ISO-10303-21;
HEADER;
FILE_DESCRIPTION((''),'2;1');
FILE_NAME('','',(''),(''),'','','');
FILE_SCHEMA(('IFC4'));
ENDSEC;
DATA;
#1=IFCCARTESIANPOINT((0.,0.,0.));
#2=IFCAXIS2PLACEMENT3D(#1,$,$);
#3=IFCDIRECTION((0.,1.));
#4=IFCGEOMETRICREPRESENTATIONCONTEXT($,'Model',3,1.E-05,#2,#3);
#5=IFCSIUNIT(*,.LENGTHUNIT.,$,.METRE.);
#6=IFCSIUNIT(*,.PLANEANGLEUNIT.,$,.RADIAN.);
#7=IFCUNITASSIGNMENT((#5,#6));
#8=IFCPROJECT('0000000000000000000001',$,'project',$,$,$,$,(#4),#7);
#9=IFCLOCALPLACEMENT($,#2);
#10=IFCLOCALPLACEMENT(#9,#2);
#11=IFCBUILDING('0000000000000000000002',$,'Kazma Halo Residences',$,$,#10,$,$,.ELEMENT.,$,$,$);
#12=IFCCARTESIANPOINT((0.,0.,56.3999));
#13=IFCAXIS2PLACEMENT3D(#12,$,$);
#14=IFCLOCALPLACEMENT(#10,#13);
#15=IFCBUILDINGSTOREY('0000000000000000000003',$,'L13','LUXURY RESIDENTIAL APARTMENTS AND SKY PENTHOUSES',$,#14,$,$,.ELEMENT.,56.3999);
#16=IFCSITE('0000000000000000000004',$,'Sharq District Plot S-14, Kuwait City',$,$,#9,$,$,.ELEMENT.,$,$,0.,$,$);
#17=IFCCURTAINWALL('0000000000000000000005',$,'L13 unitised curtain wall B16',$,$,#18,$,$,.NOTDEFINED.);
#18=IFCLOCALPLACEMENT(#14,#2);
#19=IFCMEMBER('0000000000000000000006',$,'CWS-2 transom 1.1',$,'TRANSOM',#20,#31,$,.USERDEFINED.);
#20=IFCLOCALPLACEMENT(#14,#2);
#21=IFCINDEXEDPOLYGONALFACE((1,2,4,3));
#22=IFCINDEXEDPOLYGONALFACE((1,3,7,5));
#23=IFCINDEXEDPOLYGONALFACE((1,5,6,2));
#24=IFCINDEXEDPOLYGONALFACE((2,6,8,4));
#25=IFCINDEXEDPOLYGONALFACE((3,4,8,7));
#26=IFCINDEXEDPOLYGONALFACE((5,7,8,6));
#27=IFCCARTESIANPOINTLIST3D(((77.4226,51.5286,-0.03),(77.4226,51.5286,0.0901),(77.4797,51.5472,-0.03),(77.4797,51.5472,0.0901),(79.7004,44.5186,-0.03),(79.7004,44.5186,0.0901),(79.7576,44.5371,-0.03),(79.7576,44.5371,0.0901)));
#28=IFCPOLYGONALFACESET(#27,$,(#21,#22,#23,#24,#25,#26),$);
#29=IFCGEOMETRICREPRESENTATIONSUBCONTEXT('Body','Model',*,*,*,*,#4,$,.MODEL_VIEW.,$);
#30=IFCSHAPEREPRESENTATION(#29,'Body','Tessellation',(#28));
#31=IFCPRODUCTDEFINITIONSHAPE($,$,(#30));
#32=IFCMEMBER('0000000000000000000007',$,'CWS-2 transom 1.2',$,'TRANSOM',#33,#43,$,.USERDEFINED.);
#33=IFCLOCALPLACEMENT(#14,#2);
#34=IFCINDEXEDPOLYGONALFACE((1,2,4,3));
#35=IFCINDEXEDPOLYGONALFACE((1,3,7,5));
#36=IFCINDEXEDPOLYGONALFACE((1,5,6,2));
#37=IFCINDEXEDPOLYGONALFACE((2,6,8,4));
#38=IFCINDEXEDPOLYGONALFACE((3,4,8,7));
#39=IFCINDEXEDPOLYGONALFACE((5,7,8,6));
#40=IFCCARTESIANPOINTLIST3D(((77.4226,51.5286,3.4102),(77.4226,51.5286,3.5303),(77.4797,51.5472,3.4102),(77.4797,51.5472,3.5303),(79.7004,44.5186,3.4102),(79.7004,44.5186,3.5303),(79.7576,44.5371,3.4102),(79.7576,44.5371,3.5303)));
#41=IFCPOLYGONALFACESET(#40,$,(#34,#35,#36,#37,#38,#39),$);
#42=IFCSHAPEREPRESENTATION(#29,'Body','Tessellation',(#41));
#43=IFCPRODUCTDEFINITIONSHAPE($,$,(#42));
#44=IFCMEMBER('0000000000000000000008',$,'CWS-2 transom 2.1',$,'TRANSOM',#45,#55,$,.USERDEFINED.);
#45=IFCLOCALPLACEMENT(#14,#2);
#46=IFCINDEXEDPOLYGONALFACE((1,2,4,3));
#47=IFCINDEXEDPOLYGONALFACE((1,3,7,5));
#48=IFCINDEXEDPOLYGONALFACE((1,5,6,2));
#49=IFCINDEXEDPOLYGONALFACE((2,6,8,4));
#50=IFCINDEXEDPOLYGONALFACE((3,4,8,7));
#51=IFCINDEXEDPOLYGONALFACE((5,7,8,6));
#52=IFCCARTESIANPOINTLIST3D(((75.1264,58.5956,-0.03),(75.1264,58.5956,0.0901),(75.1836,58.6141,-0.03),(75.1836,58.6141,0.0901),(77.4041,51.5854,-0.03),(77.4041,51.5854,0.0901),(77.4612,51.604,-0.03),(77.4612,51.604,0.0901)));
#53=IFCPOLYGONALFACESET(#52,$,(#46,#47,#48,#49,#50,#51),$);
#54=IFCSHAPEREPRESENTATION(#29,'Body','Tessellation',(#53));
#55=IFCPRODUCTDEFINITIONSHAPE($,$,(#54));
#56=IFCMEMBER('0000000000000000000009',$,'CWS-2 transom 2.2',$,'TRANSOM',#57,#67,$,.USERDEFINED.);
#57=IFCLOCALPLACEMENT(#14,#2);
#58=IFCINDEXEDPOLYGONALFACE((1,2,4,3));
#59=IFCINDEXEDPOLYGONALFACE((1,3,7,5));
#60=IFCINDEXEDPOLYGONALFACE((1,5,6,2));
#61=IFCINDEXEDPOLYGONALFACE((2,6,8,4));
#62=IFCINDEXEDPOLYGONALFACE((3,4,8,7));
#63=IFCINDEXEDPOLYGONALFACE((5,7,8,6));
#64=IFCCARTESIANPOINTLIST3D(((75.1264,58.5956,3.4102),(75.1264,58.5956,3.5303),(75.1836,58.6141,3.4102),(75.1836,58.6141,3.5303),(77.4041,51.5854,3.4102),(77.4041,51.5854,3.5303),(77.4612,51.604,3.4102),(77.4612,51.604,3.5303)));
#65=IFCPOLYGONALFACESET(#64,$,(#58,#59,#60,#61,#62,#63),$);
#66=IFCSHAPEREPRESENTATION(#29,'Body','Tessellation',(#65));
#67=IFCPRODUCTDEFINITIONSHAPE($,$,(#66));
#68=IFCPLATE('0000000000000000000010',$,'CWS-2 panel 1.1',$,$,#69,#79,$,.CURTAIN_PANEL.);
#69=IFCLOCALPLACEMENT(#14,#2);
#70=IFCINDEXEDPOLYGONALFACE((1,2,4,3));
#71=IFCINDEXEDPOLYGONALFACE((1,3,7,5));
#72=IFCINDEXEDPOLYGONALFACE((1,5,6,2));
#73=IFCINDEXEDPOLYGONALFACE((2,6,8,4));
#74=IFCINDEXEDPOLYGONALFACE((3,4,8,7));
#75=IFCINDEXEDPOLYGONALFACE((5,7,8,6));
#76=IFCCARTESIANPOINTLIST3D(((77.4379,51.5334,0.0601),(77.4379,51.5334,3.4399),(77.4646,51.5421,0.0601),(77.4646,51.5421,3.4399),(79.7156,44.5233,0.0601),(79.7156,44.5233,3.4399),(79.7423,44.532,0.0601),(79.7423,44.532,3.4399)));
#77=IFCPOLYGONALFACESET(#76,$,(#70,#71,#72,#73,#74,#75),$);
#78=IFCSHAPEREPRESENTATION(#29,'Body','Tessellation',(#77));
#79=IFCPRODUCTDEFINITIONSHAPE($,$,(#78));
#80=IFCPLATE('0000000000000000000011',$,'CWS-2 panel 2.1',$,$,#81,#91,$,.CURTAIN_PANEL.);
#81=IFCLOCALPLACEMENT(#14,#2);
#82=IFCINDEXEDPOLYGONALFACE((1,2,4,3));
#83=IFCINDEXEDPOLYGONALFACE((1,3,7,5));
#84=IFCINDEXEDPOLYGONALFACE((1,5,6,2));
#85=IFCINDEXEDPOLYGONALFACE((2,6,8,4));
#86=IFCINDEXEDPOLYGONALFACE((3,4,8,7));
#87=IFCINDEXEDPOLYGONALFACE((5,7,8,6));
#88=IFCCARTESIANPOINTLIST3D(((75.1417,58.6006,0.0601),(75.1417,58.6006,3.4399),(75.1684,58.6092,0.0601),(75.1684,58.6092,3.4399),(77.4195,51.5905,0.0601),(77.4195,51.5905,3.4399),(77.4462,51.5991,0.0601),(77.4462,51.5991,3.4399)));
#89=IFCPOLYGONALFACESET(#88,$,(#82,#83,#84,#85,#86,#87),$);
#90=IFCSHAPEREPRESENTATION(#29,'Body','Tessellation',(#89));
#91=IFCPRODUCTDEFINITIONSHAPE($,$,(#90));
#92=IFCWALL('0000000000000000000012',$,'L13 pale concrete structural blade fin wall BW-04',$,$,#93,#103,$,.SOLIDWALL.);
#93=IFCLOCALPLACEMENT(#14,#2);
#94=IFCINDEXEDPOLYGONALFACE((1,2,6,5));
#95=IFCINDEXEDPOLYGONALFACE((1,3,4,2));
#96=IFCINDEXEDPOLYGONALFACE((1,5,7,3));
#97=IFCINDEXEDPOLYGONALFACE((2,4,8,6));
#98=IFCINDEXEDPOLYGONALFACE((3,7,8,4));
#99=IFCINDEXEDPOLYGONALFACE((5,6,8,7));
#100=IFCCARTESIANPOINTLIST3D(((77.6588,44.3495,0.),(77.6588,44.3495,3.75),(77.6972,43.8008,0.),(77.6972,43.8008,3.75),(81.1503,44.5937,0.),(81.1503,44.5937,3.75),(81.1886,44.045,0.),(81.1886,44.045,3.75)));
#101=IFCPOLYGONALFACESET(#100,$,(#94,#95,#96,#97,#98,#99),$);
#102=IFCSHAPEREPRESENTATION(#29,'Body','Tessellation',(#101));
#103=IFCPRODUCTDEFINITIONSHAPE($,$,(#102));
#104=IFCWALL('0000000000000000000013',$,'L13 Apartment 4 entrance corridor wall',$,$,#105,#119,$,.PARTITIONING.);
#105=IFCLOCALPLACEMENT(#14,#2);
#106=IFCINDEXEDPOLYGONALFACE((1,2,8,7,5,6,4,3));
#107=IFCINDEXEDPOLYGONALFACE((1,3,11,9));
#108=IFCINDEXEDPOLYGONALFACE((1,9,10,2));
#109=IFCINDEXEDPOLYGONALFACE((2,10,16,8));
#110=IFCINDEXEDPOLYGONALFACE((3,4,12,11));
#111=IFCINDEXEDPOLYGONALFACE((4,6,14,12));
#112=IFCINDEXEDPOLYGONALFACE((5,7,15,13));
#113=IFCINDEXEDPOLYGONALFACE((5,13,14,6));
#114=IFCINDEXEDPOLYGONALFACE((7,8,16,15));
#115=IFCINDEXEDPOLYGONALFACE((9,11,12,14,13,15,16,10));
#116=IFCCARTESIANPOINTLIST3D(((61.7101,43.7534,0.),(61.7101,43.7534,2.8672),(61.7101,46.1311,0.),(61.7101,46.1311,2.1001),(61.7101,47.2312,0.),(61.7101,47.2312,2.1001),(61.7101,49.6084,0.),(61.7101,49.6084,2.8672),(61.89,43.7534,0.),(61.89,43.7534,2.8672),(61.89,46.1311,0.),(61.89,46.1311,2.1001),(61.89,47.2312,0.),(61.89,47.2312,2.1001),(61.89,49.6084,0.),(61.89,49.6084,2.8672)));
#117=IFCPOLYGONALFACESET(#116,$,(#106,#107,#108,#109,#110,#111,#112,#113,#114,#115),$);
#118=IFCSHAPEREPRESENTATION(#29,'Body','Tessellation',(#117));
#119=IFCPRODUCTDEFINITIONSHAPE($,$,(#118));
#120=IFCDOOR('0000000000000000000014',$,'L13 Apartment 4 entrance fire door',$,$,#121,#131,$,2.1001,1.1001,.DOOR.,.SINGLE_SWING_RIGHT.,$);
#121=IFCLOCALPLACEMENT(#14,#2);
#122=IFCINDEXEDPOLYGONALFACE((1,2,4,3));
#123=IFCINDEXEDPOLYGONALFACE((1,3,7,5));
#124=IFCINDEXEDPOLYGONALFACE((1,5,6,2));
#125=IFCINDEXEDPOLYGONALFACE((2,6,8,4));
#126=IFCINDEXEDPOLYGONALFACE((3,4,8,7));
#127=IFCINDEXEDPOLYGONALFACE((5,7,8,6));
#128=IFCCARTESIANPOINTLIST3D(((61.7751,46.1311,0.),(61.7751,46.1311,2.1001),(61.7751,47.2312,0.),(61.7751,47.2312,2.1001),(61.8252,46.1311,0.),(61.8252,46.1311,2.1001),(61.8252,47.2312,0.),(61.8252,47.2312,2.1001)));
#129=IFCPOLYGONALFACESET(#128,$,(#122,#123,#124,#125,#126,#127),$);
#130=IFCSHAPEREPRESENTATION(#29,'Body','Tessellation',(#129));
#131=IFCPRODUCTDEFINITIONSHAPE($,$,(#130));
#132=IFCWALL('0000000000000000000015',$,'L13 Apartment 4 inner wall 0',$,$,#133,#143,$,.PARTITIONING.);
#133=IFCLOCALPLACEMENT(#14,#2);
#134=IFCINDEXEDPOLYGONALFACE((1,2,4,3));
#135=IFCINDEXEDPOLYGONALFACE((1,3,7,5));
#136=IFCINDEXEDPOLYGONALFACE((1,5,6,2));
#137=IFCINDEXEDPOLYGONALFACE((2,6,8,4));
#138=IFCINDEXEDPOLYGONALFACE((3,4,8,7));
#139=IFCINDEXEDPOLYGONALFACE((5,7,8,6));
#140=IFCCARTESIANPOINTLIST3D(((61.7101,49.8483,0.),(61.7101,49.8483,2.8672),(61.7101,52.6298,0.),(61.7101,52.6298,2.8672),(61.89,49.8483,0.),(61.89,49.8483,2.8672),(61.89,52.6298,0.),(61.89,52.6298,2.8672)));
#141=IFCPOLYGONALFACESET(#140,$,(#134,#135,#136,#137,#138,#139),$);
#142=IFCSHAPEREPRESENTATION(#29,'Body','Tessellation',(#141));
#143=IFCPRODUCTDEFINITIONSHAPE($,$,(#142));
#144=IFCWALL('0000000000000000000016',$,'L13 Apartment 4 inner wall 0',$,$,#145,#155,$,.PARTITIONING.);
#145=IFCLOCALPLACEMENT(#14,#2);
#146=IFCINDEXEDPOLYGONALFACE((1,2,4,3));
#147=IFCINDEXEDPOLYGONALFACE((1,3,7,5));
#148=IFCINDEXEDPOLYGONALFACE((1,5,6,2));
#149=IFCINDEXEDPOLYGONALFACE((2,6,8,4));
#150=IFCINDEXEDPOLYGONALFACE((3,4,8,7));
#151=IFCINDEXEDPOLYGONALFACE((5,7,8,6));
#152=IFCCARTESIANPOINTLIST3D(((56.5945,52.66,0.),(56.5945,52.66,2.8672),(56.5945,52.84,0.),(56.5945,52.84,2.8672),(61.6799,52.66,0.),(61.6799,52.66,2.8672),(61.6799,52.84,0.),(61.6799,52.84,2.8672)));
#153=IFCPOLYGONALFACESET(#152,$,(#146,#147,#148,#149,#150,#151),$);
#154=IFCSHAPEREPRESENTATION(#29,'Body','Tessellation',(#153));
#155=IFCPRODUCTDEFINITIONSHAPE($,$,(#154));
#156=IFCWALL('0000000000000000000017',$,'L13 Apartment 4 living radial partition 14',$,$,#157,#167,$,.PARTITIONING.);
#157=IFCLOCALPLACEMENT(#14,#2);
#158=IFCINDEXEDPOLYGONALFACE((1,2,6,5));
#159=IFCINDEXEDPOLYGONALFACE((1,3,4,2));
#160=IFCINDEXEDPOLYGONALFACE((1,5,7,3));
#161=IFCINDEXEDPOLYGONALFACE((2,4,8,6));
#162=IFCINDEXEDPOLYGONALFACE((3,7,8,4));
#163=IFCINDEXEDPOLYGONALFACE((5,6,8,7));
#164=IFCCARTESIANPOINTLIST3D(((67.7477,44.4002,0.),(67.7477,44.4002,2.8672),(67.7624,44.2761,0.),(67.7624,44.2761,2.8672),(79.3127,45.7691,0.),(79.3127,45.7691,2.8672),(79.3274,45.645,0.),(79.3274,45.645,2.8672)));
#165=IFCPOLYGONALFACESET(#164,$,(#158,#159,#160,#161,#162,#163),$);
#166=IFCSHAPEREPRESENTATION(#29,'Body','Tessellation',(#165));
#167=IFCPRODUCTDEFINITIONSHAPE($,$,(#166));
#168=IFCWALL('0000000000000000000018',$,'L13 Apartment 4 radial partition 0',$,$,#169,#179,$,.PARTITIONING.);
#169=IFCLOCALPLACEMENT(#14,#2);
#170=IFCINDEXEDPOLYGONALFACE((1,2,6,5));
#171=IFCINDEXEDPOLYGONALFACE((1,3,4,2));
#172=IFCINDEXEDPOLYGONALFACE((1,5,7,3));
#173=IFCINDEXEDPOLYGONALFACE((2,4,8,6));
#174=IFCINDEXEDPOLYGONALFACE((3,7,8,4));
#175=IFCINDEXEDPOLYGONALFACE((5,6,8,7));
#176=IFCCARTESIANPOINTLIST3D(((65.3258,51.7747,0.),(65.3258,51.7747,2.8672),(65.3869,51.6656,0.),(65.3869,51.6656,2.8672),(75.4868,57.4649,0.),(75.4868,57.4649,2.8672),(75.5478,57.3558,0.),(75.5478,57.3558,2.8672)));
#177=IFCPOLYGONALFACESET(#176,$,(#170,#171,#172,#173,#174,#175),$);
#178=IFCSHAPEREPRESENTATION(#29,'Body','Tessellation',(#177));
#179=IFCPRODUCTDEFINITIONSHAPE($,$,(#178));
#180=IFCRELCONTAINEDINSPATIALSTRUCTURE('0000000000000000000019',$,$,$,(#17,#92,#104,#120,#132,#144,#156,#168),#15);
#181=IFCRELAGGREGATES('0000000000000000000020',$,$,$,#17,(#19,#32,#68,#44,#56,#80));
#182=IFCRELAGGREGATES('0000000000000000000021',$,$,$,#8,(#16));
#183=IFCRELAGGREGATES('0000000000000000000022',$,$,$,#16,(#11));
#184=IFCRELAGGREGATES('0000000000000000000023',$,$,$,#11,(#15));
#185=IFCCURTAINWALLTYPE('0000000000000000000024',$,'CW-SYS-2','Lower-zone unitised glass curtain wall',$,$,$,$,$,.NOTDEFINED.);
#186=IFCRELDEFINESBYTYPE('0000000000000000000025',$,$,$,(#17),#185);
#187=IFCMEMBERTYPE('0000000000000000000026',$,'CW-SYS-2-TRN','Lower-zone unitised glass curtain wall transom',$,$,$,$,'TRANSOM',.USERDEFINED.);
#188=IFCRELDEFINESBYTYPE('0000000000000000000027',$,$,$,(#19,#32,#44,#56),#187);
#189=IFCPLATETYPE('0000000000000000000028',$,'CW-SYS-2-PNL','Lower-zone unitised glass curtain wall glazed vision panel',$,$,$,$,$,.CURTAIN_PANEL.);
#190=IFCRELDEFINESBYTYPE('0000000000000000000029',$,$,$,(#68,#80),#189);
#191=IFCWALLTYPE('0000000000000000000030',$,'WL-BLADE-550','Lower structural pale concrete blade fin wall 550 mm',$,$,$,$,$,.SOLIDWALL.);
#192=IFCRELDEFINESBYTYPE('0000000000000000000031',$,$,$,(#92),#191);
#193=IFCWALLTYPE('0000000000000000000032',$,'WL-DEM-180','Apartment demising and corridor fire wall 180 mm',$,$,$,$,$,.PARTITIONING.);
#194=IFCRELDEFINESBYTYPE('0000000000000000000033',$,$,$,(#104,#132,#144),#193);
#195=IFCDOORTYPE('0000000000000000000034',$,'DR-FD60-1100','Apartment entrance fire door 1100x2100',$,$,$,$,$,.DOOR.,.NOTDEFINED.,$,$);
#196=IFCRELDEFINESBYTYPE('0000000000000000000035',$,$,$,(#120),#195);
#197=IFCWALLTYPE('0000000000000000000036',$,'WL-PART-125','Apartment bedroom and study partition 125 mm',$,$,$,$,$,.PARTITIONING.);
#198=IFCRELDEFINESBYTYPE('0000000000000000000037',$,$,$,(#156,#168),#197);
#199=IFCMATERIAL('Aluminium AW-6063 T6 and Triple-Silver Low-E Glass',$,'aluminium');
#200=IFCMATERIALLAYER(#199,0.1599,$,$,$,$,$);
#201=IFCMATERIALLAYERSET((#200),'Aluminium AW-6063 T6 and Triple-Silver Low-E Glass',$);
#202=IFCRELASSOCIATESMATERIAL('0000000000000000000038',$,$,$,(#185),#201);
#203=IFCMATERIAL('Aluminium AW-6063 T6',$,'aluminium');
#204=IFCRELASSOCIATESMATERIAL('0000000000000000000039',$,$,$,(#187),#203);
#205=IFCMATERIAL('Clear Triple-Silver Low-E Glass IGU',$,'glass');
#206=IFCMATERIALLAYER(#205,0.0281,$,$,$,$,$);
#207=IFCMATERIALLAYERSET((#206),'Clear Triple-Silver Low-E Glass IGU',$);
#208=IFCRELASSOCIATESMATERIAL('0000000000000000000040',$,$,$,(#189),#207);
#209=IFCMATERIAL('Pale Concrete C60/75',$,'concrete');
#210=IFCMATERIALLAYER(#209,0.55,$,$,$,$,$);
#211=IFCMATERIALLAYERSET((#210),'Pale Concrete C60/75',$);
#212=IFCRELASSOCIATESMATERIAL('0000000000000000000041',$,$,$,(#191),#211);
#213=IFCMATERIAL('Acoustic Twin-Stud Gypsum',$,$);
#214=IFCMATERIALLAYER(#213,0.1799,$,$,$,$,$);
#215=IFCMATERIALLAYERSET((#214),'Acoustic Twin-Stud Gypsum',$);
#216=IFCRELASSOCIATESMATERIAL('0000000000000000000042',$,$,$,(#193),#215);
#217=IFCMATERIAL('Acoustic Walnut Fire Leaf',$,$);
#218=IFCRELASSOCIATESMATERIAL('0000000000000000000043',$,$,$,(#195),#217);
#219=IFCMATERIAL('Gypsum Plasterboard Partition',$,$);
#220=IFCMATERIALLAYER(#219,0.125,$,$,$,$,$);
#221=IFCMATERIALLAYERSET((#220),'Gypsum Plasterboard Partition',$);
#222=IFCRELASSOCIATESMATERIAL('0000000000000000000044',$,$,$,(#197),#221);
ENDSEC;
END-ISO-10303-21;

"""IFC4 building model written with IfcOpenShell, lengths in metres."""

from ifc_helpers import new_model, si_unit, direction, frame, frame_2d, origin, origin_2d, place, context, subcontext, project, spatial, rectangle, extrude, material, layer, layer_set, material_profile, profile_set, type_object, element, fill, aggregate, save


model = new_model("IFC4")

# Units and contexts
model_context = context("Model", 3, precision=1e-05, world=origin(), true_north=direction((0.0, 1.0)))
body_context = subcontext(model_context, "Body", "Model", "MODEL_VIEW")
ifc_project = project(units=[si_unit("LENGTHUNIT", "METRE"), si_unit("PLANEANGLEUNIT", "RADIAN")], contexts=[model_context])

# Site, building, storey
site_placement = place(None, origin())
site = spatial("IfcSite", under=ifc_project, at=site_placement, Name="Sharq District Plot S-14, Kuwait City", CompositionType="ELEMENT", RefElevation=0.0)
building_placement = place(site_placement, origin())
building = spatial("IfcBuilding", under=site, at=building_placement, Name="Kazma Halo Residences", CompositionType="ELEMENT")
storey_placement = place(building_placement, frame((0.0, 0.0, 56.3999)))
storey = spatial("IfcBuildingStorey", under=building, at=storey_placement, Name="L13", Description="LUXURY RESIDENTIAL APARTMENTS AND SKY PENTHOUSES", CompositionType="ELEMENT", Elevation=56.3999)

# Shared definitions
ifc_material_1 = material(Name="Aluminium AW-6063 T6 and Triple-Silver Low-E Glass", Category="aluminium")
ifc_layer_1 = layer(ifc_material_1, 0.1599)
ifc_layer_set_1 = layer_set([ifc_layer_1], Name="Aluminium AW-6063 T6 and Triple-Silver Low-E Glass")
curtain_wall_type = type_object("IfcCurtainWallType", Name="CW-SYS-2", Description="Lower-zone unitised glass curtain wall", PredefinedType="NOTDEFINED", material=ifc_layer_set_1)
ifc_material_2 = material(Name="Aluminium AW-6063 T6", Category="aluminium")

# Curtain wall, members, plates
curtain_wall_1_placement = place(storey_placement, origin())
curtain_wall_1 = element("IfcCurtainWall", 1, at=curtain_wall_1_placement, inside=storey, type_object=curtain_wall_type, Name="L13 unitised curtain wall B16", PredefinedType="NOTDEFINED")
ifc_material_profile_1 = material_profile(ifc_material_2, rectangle(XDim=0.0601, YDim=0.1201, at=origin_2d()), Name="CWT-60x120")
ifc_profile_set_1 = profile_set([ifc_material_profile_1], Name="Aluminium AW-6063 T6")
member_type_1 = type_object("IfcMemberType", Name="CW-SYS-2-TRN", Description="Lower-zone unitised glass curtain wall transom", ElementType="TRANSOM", PredefinedType="USERDEFINED", material=ifc_profile_set_1)
member_1_placement = place(storey_placement, frame((79.729, 44.5278, 0.03), z_axis=(-0.309034, 0.951051, 0.0), x_axis=(-0.951051, -0.309034, 0.0)))
member_1 = element("IfcMember", 2, at=member_1_placement, type_object=member_type_1, Name="CWS-2 transom 1.1", ObjectType="TRANSOM", PredefinedType="USERDEFINED", context=body_context, shape_type="SweptSolid", body=[
    extrude(rectangle(XDim=0.0601, YDim=0.1201, at=origin_2d()), origin(), (0.0, 0.0, 1.0), 7.3708),
])
member_2_placement = place(storey_placement, frame((79.729, 44.5278, 3.4702), z_axis=(-0.309034, 0.951051, 0.0), x_axis=(-0.951051, -0.309034, 0.0)))
member_2 = element("IfcMember", 3, at=member_2_placement, type_object=member_type_1, Name="CWS-2 transom 1.2", ObjectType="TRANSOM", PredefinedType="USERDEFINED", context=body_context, shape_type="SweptSolid", body=[
    extrude(rectangle(XDim=0.0601, YDim=0.1201, at=origin_2d()), origin(), (0.0, 0.0, 1.0), 7.3708),
])
member_3_placement = place(storey_placement, frame((77.4326, 51.5947, 0.03), z_axis=(-0.309004, 0.951061, 0.0), x_axis=(-0.951061, -0.309004, 0.0)))
member_3 = element("IfcMember", 4, at=member_3_placement, type_object=member_type_1, Name="CWS-2 transom 2.1", ObjectType="TRANSOM", PredefinedType="USERDEFINED", context=body_context, shape_type="SweptSolid", body=[
    extrude(rectangle(XDim=0.0601, YDim=0.1201, at=origin_2d()), origin(), (0.0, 0.0, 1.0), 7.3708),
])
member_4_placement = place(storey_placement, frame((77.4326, 51.5947, 3.4702), z_axis=(-0.309004, 0.951061, 0.0), x_axis=(-0.951061, -0.309004, 0.0)))
member_4 = element("IfcMember", 5, at=member_4_placement, type_object=member_type_1, Name="CWS-2 transom 2.2", ObjectType="TRANSOM", PredefinedType="USERDEFINED", context=body_context, shape_type="SweptSolid", body=[
    extrude(rectangle(XDim=0.0601, YDim=0.1201, at=origin_2d()), origin(), (0.0, 0.0, 1.0), 7.3708),
])
ifc_material_3 = material(Name="Clear Triple-Silver Low-E Glass IGU", Category="glass")
ifc_layer_2 = layer(ifc_material_3, 0.0281)
ifc_layer_set_2 = layer_set([ifc_layer_2], Name="Clear Triple-Silver Low-E Glass IGU")
plate_type = type_object("IfcPlateType", Name="CW-SYS-2-PNL", Description="Lower-zone unitised glass curtain wall glazed vision panel", PredefinedType="CURTAIN_PANEL", material=ifc_layer_set_2)
plate_1_placement = place(storey_placement, frame((78.5901, 48.0327, 0.0601), z_axis=(0.0, 0.0, 1.0), x_axis=(-0.309017, 0.951057, 0.0)))
plate_1 = element("IfcPlate", 6, at=plate_1_placement, type_object=plate_type, Name="CWS-2 panel 1.1", PredefinedType="CURTAIN_PANEL", context=body_context, shape_type="SweptSolid", body=[
    extrude(rectangle(XDim=7.3708, YDim=0.0281, at=origin_2d()), origin(), (0.0, 0.0, 1.0), 3.3799),
])
plate_2_placement = place(storey_placement, frame((76.2939, 55.0999, 0.0601), z_axis=(0.0, 0.0, 1.0), x_axis=(-0.309017, 0.951057, 0.0)))
plate_2 = element("IfcPlate", 7, at=plate_2_placement, type_object=plate_type, Name="CWS-2 panel 2.1", PredefinedType="CURTAIN_PANEL", context=body_context, shape_type="SweptSolid", body=[
    extrude(rectangle(XDim=7.3708, YDim=0.0281, at=origin_2d()), origin(), (0.0, 0.0, 1.0), 3.3799),
])
aggregate(curtain_wall_1, [member_1, member_2, plate_1, member_3, member_4, plate_2])

# Wall
ifc_material_4 = material(Name="Pale Concrete C60/75", Category="concrete")
ifc_layer_3 = layer(ifc_material_4, 0.55)
ifc_layer_set_3 = layer_set([ifc_layer_3], Name="Pale Concrete C60/75")
wall_type_1 = type_object("IfcWallType", Name="WL-BLADE-550", Description="Lower structural pale concrete blade fin wall 550 mm", PredefinedType="SOLIDWALL", material=ifc_layer_set_3)
wall_1_placement = place(storey_placement, frame((77.678, 44.0752, 0.0), z_axis=(0.0, 0.0, 1.0), x_axis=(0.997564, 0.069755, 0.0)))
element("IfcWall", 8, at=wall_1_placement, inside=storey, type_object=wall_type_1, Name="L13 pale concrete structural blade fin wall BW-04", PredefinedType="SOLIDWALL", context=body_context, shape_type="SweptSolid", body=[
    extrude(rectangle(XDim=3.5, YDim=0.55, at=frame_2d((1.75, 0.0))), origin(), (0.0, 0.0, 1.0), 3.75),
])

# Wall, opening, door
ifc_material_5 = material(Name="Acoustic Twin-Stud Gypsum")
ifc_layer_4 = layer(ifc_material_5, 0.1799)
ifc_layer_set_4 = layer_set([ifc_layer_4], Name="Acoustic Twin-Stud Gypsum")
wall_type_2 = type_object("IfcWallType", Name="WL-DEM-180", Description="Apartment demising and corridor fire wall 180 mm", PredefinedType="PARTITIONING", material=ifc_layer_set_4)
wall_2_placement = place(storey_placement, frame((61.8, 43.7534, 0.0), z_axis=(0.0, 0.0, 1.0), x_axis=(0.0, 1.0, 0.0)))
wall_2 = element("IfcWall", 9, at=wall_2_placement, inside=storey, type_object=wall_type_2, Name="L13 Apartment 4 entrance corridor wall", PredefinedType="PARTITIONING", context=body_context, shape_type="SweptSolid", body=[
    extrude(rectangle(XDim=5.855, YDim=0.1799, at=frame_2d((2.9275, 0.0))), origin(), (0.0, 0.0, 1.0), 2.8672),
])
opening_1_placement = place(wall_2_placement, frame((2.3777, 0.0, 0.0)))
opening_1 = element("IfcOpeningElement", 10, at=opening_1_placement, cuts=wall_2, PredefinedType="OPENING", context=body_context, shape_type="SweptSolid", body=[
    extrude(rectangle(XDim=1.1001, YDim=2.1001, at=frame_2d((0.55, 1.05))), frame((0.0, 0.0999, 0.0), z_axis=(0.0, -1.0, 0.0), x_axis=(1.0, 0.0, 0.0)), (0.0, 0.0, 1.0), 0.2),
])
ifc_material_6 = material(Name="Acoustic Walnut Fire Leaf")
door_type_1 = type_object("IfcDoorType", Name="DR-FD60-1100", Description="Apartment entrance fire door 1100x2100", OperationType="NOTDEFINED", PredefinedType="DOOR", material=ifc_material_6)
door_1_placement = place(opening_1_placement, origin())
door_1 = element("IfcDoor", 11, at=door_1_placement, inside=storey, type_object=door_type_1, Name="L13 Apartment 4 entrance fire door", OperationType="SINGLE_SWING_RIGHT", OverallHeight=2.1001, OverallWidth=1.1001, PredefinedType="DOOR", context=body_context, shape_type="SweptSolid", body=[
    extrude(rectangle(XDim=1.1001, YDim=2.1001, at=frame_2d((0.55, 1.05))), frame((0.0, 0.0249, 0.0), z_axis=(0.0, -1.0, 0.0), x_axis=(1.0, 0.0, 0.0)), (0.0, 0.0, 1.0), 0.05),
])
fill(opening_1, door_1)

# Walls
wall_3_placement = place(storey_placement, frame((61.8, 49.8484, 0.0), z_axis=(0.0, 0.0, 1.0), x_axis=(0.0, 1.0, 0.0)))
element("IfcWall", 12, at=wall_3_placement, inside=storey, type_object=wall_type_2, Name="L13 Apartment 4 inner wall 0", PredefinedType="PARTITIONING", context=body_context, shape_type="SweptSolid", body=[
    extrude(rectangle(XDim=2.7815, YDim=0.1799, at=frame_2d((1.3906, 0.0))), origin(), (0.0, 0.0, 1.0), 2.8672),
])
wall_4_placement = place(storey_placement, frame((61.6799, 52.75, 0.0), z_axis=(0.0, 0.0, 1.0), x_axis=(-1.0, 0.0, 0.0)))
element("IfcWall", 13, at=wall_4_placement, inside=storey, type_object=wall_type_2, Name="L13 Apartment 4 inner wall 0", PredefinedType="PARTITIONING", context=body_context, shape_type="SweptSolid", body=[
    extrude(rectangle(XDim=5.0854, YDim=0.1799, at=frame_2d((2.5427, 0.0))), origin(), (0.0, 0.0, 1.0), 2.8672),
])
ifc_material_7 = material(Name="Gypsum Plasterboard Partition")
ifc_layer_5 = layer(ifc_material_7, 0.125)
ifc_layer_set_5 = layer_set([ifc_layer_5], Name="Gypsum Plasterboard Partition")
wall_type_3 = type_object("IfcWallType", Name="WL-PART-125", Description="Apartment bedroom and study partition 125 mm", PredefinedType="PARTITIONING", material=ifc_layer_set_5)
for number, where, z_axis, x_axis, name in (
    (14, (67.7551, 44.3381, 0.0), (0.0, 0.0, 1.0), (0.993068, 0.117545, 0.0), "L13 Apartment 4 living radial partition 14"),
    (15, (65.3564, 51.7202, 0.0), (0.0, 0.0, 1.0), (0.872503, 0.488609, 0.0), "L13 Apartment 4 radial partition 0"),
):
    element("IfcWall", number, at=place(storey_placement, frame(where, z_axis=z_axis, x_axis=x_axis)), inside=storey, type_object=wall_type_3, Name=name, PredefinedType="PARTITIONING", context=body_context, shape_type="SweptSolid", body=[
        extrude(rectangle(XDim=11.6458, YDim=0.125, at=frame_2d((5.8228, 0.0))), origin(), (0.0, 0.0, 1.0), 2.8672),
    ])

save(model, "model.ifc")
